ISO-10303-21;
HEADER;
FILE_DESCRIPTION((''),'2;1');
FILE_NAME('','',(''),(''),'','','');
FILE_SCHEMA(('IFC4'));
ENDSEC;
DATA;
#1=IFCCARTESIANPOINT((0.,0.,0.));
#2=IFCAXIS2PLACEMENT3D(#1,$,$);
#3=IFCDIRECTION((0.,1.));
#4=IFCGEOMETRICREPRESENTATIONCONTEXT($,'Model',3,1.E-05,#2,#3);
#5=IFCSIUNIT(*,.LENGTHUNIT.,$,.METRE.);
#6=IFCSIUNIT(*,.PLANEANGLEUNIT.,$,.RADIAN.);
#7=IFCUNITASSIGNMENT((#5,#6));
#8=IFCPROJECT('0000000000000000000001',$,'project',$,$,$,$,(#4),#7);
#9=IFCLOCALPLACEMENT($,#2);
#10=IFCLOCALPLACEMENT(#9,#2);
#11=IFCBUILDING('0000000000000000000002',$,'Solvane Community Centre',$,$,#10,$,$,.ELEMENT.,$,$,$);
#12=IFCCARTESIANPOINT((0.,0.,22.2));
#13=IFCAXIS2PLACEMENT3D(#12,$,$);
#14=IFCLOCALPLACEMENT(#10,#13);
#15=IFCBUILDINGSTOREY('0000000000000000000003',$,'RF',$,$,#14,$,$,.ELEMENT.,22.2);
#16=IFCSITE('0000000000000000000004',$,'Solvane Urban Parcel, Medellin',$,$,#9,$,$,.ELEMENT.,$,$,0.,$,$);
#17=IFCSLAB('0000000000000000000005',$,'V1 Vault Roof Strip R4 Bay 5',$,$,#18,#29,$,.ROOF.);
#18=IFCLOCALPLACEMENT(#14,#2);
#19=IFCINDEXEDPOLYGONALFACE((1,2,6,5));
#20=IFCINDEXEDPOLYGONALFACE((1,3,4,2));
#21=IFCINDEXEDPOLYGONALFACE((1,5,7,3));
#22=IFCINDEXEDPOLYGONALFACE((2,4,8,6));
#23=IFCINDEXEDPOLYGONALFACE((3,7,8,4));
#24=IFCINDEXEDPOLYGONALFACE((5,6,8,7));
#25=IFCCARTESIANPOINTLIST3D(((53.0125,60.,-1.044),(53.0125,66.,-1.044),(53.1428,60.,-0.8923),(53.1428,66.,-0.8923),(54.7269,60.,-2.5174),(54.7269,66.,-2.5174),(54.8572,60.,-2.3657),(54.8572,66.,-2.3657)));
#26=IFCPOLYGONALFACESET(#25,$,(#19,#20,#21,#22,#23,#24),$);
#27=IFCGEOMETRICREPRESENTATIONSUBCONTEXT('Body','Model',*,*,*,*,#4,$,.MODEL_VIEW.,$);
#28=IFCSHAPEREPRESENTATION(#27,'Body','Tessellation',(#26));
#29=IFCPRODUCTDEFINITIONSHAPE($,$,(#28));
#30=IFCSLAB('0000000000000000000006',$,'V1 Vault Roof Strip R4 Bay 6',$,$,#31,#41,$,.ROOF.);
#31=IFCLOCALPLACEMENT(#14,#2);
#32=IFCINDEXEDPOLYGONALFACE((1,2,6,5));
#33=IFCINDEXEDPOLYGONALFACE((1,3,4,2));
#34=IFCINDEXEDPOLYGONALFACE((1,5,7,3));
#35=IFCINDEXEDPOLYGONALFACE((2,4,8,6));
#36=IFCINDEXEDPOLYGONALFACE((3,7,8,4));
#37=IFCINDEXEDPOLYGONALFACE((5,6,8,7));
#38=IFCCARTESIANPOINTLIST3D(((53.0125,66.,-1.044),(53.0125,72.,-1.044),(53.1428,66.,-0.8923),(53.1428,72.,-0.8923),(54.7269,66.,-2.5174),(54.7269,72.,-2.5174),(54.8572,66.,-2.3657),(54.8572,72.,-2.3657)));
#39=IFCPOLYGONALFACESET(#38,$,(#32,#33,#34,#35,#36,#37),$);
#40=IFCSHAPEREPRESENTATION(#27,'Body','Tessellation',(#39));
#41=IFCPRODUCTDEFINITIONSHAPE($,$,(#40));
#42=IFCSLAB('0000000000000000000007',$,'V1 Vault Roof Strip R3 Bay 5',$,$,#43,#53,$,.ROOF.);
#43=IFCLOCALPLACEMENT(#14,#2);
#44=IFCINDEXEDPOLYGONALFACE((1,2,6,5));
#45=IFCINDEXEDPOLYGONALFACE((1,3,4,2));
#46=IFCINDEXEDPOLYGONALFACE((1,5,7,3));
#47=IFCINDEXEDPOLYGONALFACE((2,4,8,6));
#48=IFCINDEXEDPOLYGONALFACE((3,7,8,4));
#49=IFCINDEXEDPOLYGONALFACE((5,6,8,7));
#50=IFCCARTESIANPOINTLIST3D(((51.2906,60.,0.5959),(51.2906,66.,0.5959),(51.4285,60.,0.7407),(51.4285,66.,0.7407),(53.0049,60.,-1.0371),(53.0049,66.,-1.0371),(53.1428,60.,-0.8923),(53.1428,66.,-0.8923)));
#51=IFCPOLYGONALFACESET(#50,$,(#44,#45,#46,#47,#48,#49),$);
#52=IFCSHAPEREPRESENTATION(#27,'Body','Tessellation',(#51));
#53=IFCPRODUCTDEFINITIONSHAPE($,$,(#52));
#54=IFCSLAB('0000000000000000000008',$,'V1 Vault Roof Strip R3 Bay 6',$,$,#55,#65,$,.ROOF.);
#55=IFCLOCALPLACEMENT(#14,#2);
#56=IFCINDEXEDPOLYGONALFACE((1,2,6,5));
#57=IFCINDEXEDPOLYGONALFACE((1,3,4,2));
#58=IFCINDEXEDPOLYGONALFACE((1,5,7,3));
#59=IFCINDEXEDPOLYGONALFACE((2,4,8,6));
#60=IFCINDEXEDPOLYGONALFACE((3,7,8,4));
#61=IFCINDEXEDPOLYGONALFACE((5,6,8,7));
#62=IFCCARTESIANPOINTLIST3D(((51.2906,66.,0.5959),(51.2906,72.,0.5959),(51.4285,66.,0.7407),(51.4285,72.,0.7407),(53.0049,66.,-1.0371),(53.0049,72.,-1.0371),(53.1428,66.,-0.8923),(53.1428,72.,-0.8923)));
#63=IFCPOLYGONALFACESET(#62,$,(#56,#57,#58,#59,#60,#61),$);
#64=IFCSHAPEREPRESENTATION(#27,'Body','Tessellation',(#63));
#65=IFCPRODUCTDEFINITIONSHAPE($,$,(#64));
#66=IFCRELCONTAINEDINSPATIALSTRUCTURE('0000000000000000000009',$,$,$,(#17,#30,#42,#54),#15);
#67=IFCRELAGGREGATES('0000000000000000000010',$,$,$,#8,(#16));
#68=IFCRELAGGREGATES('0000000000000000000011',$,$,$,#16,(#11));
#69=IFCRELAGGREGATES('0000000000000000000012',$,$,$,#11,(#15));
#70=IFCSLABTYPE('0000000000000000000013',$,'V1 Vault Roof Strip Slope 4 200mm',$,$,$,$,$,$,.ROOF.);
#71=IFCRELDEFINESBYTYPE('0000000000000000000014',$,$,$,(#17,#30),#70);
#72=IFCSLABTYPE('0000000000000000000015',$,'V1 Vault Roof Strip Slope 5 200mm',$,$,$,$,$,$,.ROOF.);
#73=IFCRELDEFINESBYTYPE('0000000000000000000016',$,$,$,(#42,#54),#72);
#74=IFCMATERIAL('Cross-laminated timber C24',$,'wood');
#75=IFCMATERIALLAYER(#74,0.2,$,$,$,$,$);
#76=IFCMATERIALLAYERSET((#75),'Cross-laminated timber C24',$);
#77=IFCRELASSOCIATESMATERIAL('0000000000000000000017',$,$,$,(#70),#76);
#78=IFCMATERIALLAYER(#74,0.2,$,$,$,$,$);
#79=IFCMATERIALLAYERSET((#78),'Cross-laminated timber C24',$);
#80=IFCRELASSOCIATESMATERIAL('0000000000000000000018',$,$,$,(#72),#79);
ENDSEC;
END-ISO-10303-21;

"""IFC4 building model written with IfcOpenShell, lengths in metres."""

from ifc_helpers import new_model, si_unit, direction, frame, origin, place, context, subcontext, project, spatial, polyline, outline, extrude, material, layer, layer_set, type_object, element, save


model = new_model("IFC4")

# Units and contexts
model_context = context("Model", 3, precision=1e-05, world=origin(), true_north=direction((0.0, 1.0)))
body_context = subcontext(model_context, "Body", "Model", "MODEL_VIEW")
ifc_project = project(units=[si_unit("LENGTHUNIT", "METRE"), si_unit("PLANEANGLEUNIT", "RADIAN")], contexts=[model_context])

# Site, building, storey
site_placement = place(None, origin())
site = spatial("IfcSite", under=ifc_project, at=site_placement, Name="Solvane Urban Parcel, Medellin", CompositionType="ELEMENT", RefElevation=0.0)
building_placement = place(site_placement, origin())
building = spatial("IfcBuilding", under=site, at=building_placement, Name="Solvane Community Centre", CompositionType="ELEMENT")
storey_placement = place(building_placement, frame((0.0, 0.0, 22.2)))
storey = spatial("IfcBuildingStorey", under=building, at=storey_placement, Name="RF", CompositionType="ELEMENT", Elevation=22.2)

# Slabs
ifc_material_1 = material(Name="Cross-laminated timber C24", Category="wood")
ifc_layer_1 = layer(ifc_material_1, 0.2)
ifc_layer_set_1 = layer_set([ifc_layer_1], Name="Cross-laminated timber C24")
slab_type_1 = type_object("IfcSlabType", Name="V1 Vault Roof Strip Slope 4 200mm", PredefinedType="ROOF", material=ifc_layer_set_1)
for number, where, z_axis, x_axis, name in (
    (1, (53.1428, 60.0, -0.8923), (0.651796, 0.0, 0.758394), (0.758394, 0.0, -0.651796), "V1 Vault Roof Strip R4 Bay 5"),
    (2, (53.1428, 66.0, -0.8923), (0.651796, 0.0, 0.758394), (0.758394, 0.0, -0.651796), "V1 Vault Roof Strip R4 Bay 6"),
):
    element("IfcSlab", number, at=place(storey_placement, frame(where, z_axis=z_axis, x_axis=x_axis)), inside=storey, type_object=slab_type_1, Name=name, PredefinedType="ROOF", context=body_context, shape_type="SweptSolid", body=[
        extrude(outline(polyline([(0.0, 0.0), (2.2605, 0.0), (2.2605, 6.0), (0.0, 6.0), (0.0, 0.0)])), origin(), (0.0, 0.0, -1.0), 0.2),
    ])
ifc_layer_2 = layer(ifc_material_1, 0.2)
ifc_layer_set_2 = layer_set([ifc_layer_2], Name="Cross-laminated timber C24")
slab_type_2 = type_object("IfcSlabType", Name="V1 Vault Roof Strip Slope 5 200mm", PredefinedType="ROOF", material=ifc_layer_set_2)
for number, where, z_axis, x_axis, name in (
    (3, (51.4285, 60.0, 0.7407), (0.68973, 0.0, 0.724067), (0.724067, 0.0, -0.68973), "V1 Vault Roof Strip R3 Bay 5"),
    (4, (51.4285, 66.0, 0.7407), (0.68973, 0.0, 0.724067), (0.724067, 0.0, -0.68973), "V1 Vault Roof Strip R3 Bay 6"),
):
    element("IfcSlab", number, at=place(storey_placement, frame(where, z_axis=z_axis, x_axis=x_axis)), inside=storey, type_object=slab_type_2, Name=name, PredefinedType="ROOF", context=body_context, shape_type="SweptSolid", body=[
        extrude(outline(polyline([(0.0, 0.0), (2.3677, 0.0), (2.3677, 6.0), (0.0, 6.0), (0.0, 0.0)])), origin(), (0.0, 0.0, -1.0), 0.2),
    ])

save(model, "model.ifc")
